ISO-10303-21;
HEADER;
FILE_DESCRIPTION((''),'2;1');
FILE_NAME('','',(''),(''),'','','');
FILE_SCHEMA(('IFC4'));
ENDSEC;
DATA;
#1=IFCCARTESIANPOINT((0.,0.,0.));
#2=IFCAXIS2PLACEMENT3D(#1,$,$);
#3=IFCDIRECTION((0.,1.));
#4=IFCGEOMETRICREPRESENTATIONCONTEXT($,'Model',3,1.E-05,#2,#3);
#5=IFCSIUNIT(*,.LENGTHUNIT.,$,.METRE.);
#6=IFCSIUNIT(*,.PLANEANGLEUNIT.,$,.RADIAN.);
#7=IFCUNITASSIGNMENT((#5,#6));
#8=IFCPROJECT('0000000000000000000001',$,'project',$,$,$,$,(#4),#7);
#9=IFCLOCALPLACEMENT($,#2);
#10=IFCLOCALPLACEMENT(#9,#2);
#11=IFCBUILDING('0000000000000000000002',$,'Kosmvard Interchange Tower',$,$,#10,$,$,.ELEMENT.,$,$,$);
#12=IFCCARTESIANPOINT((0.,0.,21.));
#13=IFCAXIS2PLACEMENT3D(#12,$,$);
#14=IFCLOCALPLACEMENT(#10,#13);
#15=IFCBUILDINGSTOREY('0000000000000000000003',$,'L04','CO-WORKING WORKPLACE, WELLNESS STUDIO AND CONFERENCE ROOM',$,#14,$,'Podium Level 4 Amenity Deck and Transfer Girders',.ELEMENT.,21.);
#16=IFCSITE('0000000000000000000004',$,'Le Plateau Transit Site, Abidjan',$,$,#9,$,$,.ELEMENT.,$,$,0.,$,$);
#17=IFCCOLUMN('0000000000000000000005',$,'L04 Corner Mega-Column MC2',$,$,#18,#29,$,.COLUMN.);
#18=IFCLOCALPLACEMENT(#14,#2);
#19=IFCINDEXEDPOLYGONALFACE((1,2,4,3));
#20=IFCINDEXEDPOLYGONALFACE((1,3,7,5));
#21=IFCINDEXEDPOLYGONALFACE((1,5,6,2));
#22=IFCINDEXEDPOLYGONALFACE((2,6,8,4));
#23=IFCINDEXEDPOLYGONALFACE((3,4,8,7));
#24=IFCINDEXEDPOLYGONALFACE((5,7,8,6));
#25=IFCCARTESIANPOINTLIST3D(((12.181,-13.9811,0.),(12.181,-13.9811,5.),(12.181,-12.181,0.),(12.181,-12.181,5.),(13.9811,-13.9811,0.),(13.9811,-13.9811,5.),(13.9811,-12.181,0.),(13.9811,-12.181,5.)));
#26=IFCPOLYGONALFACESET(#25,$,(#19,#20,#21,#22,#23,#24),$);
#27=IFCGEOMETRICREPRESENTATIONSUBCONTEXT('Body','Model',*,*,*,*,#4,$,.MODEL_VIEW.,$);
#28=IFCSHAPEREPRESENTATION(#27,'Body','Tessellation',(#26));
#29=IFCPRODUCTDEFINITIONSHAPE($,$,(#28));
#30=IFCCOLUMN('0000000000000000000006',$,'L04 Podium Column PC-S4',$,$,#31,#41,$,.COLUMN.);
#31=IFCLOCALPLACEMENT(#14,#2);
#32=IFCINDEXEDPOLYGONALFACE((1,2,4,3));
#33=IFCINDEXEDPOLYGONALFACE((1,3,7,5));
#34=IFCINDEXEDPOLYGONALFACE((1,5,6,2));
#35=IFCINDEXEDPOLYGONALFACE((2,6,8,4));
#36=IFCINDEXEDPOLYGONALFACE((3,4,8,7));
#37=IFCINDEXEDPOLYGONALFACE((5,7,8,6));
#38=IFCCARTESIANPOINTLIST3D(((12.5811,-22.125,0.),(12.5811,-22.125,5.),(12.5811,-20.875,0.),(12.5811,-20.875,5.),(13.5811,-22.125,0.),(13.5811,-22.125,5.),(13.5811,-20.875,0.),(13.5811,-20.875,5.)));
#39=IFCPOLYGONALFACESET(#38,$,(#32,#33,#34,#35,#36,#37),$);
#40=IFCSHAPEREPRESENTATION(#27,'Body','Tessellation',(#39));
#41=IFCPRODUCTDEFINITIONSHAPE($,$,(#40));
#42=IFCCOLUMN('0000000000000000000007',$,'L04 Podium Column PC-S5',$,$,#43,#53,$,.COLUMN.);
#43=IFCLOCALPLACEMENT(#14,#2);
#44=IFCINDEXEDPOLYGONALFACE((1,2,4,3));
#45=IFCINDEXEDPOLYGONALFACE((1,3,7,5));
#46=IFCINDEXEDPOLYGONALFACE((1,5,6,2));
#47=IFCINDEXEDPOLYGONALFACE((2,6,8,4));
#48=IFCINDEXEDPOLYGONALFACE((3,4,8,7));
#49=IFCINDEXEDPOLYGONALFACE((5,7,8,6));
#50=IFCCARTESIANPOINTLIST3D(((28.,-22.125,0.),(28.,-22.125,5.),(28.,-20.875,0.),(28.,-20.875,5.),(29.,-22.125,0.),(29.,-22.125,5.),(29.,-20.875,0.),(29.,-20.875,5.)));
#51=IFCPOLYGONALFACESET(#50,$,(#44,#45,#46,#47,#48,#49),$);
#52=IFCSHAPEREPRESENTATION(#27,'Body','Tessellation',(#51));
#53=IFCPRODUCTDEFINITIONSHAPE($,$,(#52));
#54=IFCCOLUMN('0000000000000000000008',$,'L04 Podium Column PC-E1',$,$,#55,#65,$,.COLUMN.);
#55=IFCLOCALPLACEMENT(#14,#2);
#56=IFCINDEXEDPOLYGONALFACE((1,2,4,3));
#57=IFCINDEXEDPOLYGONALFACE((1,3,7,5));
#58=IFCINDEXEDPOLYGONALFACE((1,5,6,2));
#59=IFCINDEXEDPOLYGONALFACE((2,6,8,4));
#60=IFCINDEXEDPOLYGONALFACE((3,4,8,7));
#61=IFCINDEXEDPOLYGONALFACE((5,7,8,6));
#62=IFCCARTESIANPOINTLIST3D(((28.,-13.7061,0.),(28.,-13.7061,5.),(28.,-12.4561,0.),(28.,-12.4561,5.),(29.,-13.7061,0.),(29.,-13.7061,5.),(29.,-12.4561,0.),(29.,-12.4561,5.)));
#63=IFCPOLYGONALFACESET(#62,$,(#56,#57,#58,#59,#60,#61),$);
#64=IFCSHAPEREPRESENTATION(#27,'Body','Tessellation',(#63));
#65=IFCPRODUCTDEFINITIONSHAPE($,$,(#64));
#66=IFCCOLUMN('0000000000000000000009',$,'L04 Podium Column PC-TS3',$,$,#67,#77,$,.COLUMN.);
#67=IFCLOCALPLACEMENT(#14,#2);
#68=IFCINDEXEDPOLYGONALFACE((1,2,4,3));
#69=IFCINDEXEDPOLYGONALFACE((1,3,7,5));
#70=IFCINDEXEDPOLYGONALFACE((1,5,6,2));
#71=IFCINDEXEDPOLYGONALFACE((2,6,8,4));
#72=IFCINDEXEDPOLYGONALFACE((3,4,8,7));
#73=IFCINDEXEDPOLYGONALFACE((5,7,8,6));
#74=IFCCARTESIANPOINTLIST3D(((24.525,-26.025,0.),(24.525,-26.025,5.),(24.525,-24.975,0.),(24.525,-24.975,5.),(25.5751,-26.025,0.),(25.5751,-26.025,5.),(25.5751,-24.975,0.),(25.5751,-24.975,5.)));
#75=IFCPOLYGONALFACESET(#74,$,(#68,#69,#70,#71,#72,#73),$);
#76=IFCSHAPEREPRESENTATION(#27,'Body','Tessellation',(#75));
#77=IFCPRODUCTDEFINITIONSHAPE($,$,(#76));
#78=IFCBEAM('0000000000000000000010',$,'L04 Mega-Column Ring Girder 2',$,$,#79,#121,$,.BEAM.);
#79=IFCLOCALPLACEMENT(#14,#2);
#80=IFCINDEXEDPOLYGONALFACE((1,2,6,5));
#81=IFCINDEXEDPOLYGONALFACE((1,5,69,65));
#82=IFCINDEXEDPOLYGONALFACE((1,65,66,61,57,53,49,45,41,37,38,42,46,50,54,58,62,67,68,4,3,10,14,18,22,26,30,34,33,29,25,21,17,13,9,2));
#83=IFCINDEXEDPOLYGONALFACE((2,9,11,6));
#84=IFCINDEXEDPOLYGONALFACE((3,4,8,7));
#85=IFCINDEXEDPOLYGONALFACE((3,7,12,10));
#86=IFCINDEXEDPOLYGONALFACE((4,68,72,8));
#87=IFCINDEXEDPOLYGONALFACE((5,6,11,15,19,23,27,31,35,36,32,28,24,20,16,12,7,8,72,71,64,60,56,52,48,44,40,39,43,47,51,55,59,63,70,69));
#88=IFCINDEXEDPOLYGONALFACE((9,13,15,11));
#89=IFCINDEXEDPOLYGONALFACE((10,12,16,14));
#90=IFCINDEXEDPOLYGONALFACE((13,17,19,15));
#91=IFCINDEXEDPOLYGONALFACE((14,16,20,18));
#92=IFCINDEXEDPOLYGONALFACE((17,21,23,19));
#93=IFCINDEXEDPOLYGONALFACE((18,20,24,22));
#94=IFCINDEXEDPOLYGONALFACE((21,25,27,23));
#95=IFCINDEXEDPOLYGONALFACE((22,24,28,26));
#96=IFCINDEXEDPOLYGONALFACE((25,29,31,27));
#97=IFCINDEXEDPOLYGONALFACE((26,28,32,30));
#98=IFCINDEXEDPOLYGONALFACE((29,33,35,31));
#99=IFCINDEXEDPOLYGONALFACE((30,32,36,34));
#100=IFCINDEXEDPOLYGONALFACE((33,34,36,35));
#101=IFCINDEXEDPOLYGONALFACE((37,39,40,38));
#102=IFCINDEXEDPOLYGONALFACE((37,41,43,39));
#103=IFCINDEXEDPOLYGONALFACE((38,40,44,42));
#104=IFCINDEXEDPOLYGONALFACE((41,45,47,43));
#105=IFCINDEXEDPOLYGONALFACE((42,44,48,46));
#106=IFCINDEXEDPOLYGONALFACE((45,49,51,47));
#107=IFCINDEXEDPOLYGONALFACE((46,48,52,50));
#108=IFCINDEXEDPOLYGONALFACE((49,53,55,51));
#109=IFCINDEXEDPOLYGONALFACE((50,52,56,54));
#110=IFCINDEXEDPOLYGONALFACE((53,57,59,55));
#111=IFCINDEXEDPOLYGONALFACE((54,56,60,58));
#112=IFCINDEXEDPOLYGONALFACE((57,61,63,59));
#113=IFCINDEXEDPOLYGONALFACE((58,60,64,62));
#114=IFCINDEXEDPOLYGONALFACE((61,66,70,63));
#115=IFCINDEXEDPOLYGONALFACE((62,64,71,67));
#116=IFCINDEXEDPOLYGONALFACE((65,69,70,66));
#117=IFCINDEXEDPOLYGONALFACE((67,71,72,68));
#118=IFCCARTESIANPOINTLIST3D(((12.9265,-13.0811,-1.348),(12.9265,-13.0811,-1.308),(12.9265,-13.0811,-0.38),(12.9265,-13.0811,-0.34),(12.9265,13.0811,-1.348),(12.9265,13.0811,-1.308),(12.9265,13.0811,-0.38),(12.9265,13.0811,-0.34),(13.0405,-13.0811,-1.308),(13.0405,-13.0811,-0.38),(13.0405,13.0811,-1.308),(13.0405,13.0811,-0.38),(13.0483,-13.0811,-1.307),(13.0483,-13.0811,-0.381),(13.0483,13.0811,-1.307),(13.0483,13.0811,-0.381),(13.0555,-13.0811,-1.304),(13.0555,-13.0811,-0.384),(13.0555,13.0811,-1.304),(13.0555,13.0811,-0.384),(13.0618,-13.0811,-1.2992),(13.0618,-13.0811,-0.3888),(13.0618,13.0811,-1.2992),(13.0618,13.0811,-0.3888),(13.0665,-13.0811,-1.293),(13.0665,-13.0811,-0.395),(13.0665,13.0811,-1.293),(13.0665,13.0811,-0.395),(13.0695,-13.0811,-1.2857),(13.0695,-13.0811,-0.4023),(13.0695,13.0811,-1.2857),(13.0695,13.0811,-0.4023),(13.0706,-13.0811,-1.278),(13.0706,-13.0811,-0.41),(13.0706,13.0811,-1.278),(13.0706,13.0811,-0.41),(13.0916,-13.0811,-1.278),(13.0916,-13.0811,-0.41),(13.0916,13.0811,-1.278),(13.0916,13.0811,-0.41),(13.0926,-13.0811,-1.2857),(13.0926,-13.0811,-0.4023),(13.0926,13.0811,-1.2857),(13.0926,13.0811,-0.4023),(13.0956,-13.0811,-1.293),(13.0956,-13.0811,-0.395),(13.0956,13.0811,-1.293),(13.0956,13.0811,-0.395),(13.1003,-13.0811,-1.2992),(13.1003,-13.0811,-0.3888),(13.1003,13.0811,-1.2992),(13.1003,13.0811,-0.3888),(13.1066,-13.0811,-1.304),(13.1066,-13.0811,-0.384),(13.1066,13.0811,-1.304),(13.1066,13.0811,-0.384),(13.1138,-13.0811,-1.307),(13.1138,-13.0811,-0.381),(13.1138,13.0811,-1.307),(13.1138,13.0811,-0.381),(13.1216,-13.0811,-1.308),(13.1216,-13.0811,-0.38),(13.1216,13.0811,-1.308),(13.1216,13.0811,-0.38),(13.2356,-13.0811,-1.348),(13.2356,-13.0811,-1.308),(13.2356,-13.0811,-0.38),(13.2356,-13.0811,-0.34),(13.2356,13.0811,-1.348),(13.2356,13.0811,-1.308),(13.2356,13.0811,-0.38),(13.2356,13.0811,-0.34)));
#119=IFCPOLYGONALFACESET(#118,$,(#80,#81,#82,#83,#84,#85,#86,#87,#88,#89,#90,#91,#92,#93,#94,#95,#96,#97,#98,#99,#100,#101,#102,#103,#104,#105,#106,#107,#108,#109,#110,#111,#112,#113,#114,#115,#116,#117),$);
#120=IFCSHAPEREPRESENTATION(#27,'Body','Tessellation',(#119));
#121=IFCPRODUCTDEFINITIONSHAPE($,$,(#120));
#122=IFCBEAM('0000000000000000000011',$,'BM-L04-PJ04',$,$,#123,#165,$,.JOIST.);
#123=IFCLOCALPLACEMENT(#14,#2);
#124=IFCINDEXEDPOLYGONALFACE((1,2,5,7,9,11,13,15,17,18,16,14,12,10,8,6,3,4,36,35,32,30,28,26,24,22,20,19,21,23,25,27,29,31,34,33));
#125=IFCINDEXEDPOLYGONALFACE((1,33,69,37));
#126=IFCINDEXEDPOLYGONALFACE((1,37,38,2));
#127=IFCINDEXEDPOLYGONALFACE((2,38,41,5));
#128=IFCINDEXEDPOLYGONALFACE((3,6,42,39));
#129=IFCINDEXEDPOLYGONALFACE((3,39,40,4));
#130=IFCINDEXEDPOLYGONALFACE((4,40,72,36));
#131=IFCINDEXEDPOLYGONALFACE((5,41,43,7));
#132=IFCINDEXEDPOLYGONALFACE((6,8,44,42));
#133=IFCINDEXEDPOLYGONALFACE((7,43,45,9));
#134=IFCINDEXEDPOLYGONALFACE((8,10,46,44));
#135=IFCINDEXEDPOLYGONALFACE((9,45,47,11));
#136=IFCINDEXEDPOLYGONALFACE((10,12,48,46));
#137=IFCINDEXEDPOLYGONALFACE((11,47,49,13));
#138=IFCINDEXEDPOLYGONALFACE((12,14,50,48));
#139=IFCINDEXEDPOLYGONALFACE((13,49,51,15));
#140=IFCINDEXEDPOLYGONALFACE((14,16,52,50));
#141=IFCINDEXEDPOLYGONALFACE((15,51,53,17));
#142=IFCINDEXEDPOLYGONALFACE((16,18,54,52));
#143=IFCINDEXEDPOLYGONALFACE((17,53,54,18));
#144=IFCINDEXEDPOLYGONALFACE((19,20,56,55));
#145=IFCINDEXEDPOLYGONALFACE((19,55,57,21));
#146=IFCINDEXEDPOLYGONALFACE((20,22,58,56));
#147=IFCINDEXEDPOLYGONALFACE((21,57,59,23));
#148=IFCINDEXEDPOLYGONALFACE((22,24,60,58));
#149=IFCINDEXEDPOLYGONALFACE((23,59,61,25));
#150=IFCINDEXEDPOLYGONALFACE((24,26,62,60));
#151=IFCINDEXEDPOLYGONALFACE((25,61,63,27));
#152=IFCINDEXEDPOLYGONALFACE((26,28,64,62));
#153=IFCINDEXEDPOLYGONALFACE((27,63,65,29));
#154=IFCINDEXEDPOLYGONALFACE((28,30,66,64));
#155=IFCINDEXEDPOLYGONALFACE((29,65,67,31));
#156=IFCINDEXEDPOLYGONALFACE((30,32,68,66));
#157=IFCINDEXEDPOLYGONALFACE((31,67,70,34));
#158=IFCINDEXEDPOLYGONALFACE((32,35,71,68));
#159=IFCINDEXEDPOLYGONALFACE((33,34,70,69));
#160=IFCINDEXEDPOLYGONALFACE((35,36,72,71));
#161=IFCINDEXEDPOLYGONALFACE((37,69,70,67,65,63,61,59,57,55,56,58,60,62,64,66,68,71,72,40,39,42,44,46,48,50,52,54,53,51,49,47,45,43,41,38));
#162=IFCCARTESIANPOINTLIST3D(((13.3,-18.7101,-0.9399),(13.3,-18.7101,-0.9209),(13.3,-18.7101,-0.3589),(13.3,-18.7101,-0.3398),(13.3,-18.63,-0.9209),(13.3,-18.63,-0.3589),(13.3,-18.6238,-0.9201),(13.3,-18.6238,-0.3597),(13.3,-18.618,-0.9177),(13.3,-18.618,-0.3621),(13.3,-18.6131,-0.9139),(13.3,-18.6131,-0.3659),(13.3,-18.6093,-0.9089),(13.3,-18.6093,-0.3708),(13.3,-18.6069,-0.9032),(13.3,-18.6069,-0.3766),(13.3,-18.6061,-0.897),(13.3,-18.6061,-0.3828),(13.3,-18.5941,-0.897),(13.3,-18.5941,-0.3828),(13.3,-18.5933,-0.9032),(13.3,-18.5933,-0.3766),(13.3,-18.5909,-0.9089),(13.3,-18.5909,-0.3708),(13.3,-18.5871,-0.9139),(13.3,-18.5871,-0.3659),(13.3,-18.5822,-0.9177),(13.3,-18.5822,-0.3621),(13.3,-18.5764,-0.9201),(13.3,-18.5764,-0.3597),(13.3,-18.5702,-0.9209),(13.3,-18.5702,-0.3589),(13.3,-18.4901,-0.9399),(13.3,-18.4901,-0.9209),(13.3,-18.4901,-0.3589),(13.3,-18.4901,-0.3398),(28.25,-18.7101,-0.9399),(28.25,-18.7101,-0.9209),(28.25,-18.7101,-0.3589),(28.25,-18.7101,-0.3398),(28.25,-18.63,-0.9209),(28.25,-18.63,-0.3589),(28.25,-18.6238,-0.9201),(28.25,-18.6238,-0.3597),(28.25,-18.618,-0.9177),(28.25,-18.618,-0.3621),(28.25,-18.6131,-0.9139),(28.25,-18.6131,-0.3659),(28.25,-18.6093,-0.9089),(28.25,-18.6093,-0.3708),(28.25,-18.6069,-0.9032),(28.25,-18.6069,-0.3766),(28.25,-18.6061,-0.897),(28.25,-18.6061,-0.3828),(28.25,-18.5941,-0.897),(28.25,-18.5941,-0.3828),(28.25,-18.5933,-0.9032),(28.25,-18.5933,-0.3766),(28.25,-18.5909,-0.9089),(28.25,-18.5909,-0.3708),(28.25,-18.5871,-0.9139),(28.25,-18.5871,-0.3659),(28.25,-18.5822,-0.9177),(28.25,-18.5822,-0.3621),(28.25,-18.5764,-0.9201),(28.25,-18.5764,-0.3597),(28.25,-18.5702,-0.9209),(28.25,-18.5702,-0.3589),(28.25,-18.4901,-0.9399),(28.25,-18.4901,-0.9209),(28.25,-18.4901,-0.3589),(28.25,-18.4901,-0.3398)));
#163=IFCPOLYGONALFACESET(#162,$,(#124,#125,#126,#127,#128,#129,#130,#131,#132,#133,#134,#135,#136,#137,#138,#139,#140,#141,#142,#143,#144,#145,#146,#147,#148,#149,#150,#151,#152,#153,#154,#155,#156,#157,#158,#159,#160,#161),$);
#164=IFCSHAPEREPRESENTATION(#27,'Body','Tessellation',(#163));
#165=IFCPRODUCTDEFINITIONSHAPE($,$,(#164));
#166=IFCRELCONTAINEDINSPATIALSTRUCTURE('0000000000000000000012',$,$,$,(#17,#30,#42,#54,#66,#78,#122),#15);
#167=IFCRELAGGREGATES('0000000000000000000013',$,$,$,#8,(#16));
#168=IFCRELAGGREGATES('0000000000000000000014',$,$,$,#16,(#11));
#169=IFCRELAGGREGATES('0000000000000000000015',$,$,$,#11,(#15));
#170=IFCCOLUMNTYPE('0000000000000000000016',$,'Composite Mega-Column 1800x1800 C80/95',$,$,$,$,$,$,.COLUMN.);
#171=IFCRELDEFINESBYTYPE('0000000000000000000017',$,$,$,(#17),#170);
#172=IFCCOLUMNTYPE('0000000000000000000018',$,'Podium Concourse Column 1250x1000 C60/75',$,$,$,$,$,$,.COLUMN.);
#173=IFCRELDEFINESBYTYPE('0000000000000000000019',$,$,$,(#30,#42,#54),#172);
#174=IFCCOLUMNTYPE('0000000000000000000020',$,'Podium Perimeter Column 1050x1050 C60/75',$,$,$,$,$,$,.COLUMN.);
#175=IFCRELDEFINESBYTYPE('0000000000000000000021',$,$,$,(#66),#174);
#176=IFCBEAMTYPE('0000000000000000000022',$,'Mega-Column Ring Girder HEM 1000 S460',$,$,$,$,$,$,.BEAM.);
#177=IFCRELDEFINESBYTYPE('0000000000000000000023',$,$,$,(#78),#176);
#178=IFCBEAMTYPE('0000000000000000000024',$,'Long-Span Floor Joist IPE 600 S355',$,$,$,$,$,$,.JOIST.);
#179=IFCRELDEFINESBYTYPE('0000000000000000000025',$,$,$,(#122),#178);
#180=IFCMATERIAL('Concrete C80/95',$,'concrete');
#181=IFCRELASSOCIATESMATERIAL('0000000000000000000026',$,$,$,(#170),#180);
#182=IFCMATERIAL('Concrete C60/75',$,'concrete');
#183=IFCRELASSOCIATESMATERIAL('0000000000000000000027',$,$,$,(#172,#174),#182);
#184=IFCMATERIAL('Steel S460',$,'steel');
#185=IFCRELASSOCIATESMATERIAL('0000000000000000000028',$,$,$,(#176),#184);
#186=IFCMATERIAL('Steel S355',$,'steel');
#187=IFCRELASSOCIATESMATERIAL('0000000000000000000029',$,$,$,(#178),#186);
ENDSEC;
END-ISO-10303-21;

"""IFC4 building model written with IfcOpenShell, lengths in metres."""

from ifc_helpers import new_model, si_unit, direction, frame, origin, origin_2d, place, context, subcontext, project, spatial, rectangle, i_section, extrude, source, transform, mapped, material, material_profile, profile_set, type_object, element, save


model = new_model("IFC4")

# Units and contexts
model_context = context("Model", 3, precision=1e-05, world=origin(), true_north=direction((0.0, 1.0)))
body_context = subcontext(model_context, "Body", "Model", "MODEL_VIEW")
ifc_project = project(units=[si_unit("LENGTHUNIT", "METRE"), si_unit("PLANEANGLEUNIT", "RADIAN")], contexts=[model_context])

# Site, building, storey
site_placement = place(None, origin())
site = spatial("IfcSite", under=ifc_project, at=site_placement, Name="Le Plateau Transit Site, Abidjan", CompositionType="ELEMENT", RefElevation=0.0)
building_placement = place(site_placement, origin())
building = spatial("IfcBuilding", under=site, at=building_placement, Name="Kosmvard Interchange Tower", CompositionType="ELEMENT")
storey_placement = place(building_placement, frame((0.0, 0.0, 21.0)))
storey = spatial("IfcBuildingStorey", under=building, at=storey_placement, Name="L04", Description="CO-WORKING WORKPLACE, WELLNESS STUDIO AND CONFERENCE ROOM", LongName="Podium Level 4 Amenity Deck and Transfer Girders", CompositionType="ELEMENT", Elevation=21.0)

# Columns
ifc_material_1 = material(Name="Concrete C80/95", Category="concrete")
ifc_material_profile_1 = material_profile(ifc_material_1, rectangle(XDim=1.8, YDim=1.8, at=origin_2d()), Name="MC 1800x1800")
ifc_profile_set_1 = profile_set([ifc_material_profile_1], Name="Concrete C80/95")
column_type_1 = type_object("IfcColumnType", Name="Composite Mega-Column 1800x1800 C80/95", PredefinedType="COLUMN", material=ifc_profile_set_1)
shared_shape_1 = source(origin(), body_context, "Body", "SweptSolid", [
    extrude(rectangle(XDim=1.8, YDim=1.8, at=origin_2d()), origin(), (0.0, 0.0, 1.0), 5.0),
])
column_1_placement = place(storey_placement, frame((13.0811, -13.0811, 0.0), z_axis=(0.0, 0.0, 1.0), x_axis=(1.0, 0.0, 0.0)))
element("IfcColumn", 1, at=column_1_placement, inside=storey, type_object=column_type_1, Name="L04 Corner Mega-Column MC2", PredefinedType="COLUMN", context=body_context, shape_type="MappedRepresentation", body=[
    mapped(shared_shape_1, transform((0.0, 0.0, 0.0), scale=1.0)),
])
ifc_material_2 = material(Name="Concrete C60/75", Category="concrete")
ifc_material_profile_2 = material_profile(ifc_material_2, rectangle(XDim=1.0, YDim=1.25, at=origin_2d()), Name="PC 1250x1000")
ifc_profile_set_2 = profile_set([ifc_material_profile_2], Name="Concrete C60/75")
column_type_2 = type_object("IfcColumnType", Name="Podium Concourse Column 1250x1000 C60/75", PredefinedType="COLUMN", material=ifc_profile_set_2)
shared_shape_2 = source(origin(), body_context, "Body", "SweptSolid", [
    extrude(rectangle(XDim=1.0, YDim=1.25, at=origin_2d()), origin(), (0.0, 0.0, 1.0), 5.0),
])
for number, where, z_axis, x_axis, name in (
    (2, (13.0811, -21.5, 0.0), (0.0, 0.0, 1.0), (1.0, 0.0, 0.0), "L04 Podium Column PC-S4"),
    (3, (28.5, -21.5, 0.0), (0.0, 0.0, 1.0), (1.0, 0.0, 0.0), "L04 Podium Column PC-S5"),
    (4, (28.5, -13.0811, 0.0), (0.0, 0.0, 1.0), (1.0, 0.0, 0.0), "L04 Podium Column PC-E1"),
):
    element("IfcColumn", number, at=place(storey_placement, frame(where, z_axis=z_axis, x_axis=x_axis)), inside=storey, type_object=column_type_2, Name=name, PredefinedType="COLUMN", context=body_context, shape_type="MappedRepresentation", body=[
        mapped(shared_shape_2, transform((0.0, 0.0, 0.0), scale=1.0)),
    ])
ifc_material_profile_3 = material_profile(ifc_material_2, rectangle(XDim=1.05, YDim=1.05, at=origin_2d()), Name="PC 1050x1050")
ifc_profile_set_3 = profile_set([ifc_material_profile_3], Name="Concrete C60/75")
column_type_3 = type_object("IfcColumnType", Name="Podium Perimeter Column 1050x1050 C60/75", PredefinedType="COLUMN", material=ifc_profile_set_3)
shared_shape_3 = source(origin(), body_context, "Body", "SweptSolid", [
    extrude(rectangle(XDim=1.05, YDim=1.05, at=origin_2d()), origin(), (0.0, 0.0, 1.0), 5.0),
])
column_2_placement = place(storey_placement, frame((25.05, -25.5, 0.0), z_axis=(0.0, 0.0, 1.0), x_axis=(1.0, 0.0, 0.0)))
element("IfcColumn", 5, at=column_2_placement, inside=storey, type_object=column_type_3, Name="L04 Podium Column PC-TS3", PredefinedType="COLUMN", context=body_context, shape_type="MappedRepresentation", body=[
    mapped(shared_shape_3, transform((0.0, 0.0, 0.0), scale=1.0)),
])

# Beams
ifc_material_3 = material(Name="Steel S460", Category="steel")
ifc_material_profile_4 = material_profile(ifc_material_3, i_section(OverallWidth=0.3091, OverallDepth=1.0081, WebThickness=0.021, FlangeThickness=0.04, FilletRadius=0.03, at=origin_2d()), Name="HEM 1000")
ifc_profile_set_4 = profile_set([ifc_material_profile_4], Name="Steel S460")
beam_type_1 = type_object("IfcBeamType", Name="Mega-Column Ring Girder HEM 1000 S460", PredefinedType="BEAM", material=ifc_profile_set_4)
shared_shape_4 = source(origin(), body_context, "Body", "SweptSolid", [
    extrude(i_section(OverallWidth=0.3091, OverallDepth=1.0081, WebThickness=0.021, FlangeThickness=0.04, FilletRadius=0.03, at=origin_2d()), origin(), (0.0, 0.0, 1.0), 26.1621),
])
beam_1_placement = place(storey_placement, frame((13.0811, -13.0811, -0.844), z_axis=(0.0, 1.0, 0.0), x_axis=(-1.0, 0.0, 0.0)))
element("IfcBeam", 6, at=beam_1_placement, inside=storey, type_object=beam_type_1, Name="L04 Mega-Column Ring Girder 2", PredefinedType="BEAM", context=body_context, shape_type="MappedRepresentation", body=[
    mapped(shared_shape_4, transform((0.0, 0.0, 0.0), scale=1.0)),
])
ifc_material_4 = material(Name="Steel S355", Category="steel")
ifc_material_profile_5 = material_profile(ifc_material_4, i_section(OverallWidth=0.22, OverallDepth=0.6001, WebThickness=0.012, FlangeThickness=0.019, FilletRadius=0.0239, at=origin_2d()), Name="IPE 600")
ifc_profile_set_5 = profile_set([ifc_material_profile_5], Name="Steel S355")
beam_type_2 = type_object("IfcBeamType", Name="Long-Span Floor Joist IPE 600 S355", PredefinedType="JOIST", material=ifc_profile_set_5)
shared_shape_5 = source(origin(), body_context, "Body", "SweptSolid", [
    extrude(i_section(OverallWidth=0.22, OverallDepth=0.6001, WebThickness=0.012, FlangeThickness=0.019, FilletRadius=0.0239, at=origin_2d()), origin(), (0.0, 0.0, 1.0), 14.95),
])
for number, where, z_axis, x_axis, name in (
    (7, (13.3, -18.6001, -0.6399), (1.0, 0.0, 0.0), (0.0, 1.0, 0.0), "BM-L04-PJ04"),
):
    element("IfcBeam", number, at=place(storey_placement, frame(where, z_axis=z_axis, x_axis=x_axis)), inside=storey, type_object=beam_type_2, Name=name, PredefinedType="JOIST", context=body_context, shape_type="MappedRepresentation", body=[
        mapped(shared_shape_5, transform((0.0, 0.0, 0.0), scale=1.0)),
    ])

save(model, "model.ifc")
